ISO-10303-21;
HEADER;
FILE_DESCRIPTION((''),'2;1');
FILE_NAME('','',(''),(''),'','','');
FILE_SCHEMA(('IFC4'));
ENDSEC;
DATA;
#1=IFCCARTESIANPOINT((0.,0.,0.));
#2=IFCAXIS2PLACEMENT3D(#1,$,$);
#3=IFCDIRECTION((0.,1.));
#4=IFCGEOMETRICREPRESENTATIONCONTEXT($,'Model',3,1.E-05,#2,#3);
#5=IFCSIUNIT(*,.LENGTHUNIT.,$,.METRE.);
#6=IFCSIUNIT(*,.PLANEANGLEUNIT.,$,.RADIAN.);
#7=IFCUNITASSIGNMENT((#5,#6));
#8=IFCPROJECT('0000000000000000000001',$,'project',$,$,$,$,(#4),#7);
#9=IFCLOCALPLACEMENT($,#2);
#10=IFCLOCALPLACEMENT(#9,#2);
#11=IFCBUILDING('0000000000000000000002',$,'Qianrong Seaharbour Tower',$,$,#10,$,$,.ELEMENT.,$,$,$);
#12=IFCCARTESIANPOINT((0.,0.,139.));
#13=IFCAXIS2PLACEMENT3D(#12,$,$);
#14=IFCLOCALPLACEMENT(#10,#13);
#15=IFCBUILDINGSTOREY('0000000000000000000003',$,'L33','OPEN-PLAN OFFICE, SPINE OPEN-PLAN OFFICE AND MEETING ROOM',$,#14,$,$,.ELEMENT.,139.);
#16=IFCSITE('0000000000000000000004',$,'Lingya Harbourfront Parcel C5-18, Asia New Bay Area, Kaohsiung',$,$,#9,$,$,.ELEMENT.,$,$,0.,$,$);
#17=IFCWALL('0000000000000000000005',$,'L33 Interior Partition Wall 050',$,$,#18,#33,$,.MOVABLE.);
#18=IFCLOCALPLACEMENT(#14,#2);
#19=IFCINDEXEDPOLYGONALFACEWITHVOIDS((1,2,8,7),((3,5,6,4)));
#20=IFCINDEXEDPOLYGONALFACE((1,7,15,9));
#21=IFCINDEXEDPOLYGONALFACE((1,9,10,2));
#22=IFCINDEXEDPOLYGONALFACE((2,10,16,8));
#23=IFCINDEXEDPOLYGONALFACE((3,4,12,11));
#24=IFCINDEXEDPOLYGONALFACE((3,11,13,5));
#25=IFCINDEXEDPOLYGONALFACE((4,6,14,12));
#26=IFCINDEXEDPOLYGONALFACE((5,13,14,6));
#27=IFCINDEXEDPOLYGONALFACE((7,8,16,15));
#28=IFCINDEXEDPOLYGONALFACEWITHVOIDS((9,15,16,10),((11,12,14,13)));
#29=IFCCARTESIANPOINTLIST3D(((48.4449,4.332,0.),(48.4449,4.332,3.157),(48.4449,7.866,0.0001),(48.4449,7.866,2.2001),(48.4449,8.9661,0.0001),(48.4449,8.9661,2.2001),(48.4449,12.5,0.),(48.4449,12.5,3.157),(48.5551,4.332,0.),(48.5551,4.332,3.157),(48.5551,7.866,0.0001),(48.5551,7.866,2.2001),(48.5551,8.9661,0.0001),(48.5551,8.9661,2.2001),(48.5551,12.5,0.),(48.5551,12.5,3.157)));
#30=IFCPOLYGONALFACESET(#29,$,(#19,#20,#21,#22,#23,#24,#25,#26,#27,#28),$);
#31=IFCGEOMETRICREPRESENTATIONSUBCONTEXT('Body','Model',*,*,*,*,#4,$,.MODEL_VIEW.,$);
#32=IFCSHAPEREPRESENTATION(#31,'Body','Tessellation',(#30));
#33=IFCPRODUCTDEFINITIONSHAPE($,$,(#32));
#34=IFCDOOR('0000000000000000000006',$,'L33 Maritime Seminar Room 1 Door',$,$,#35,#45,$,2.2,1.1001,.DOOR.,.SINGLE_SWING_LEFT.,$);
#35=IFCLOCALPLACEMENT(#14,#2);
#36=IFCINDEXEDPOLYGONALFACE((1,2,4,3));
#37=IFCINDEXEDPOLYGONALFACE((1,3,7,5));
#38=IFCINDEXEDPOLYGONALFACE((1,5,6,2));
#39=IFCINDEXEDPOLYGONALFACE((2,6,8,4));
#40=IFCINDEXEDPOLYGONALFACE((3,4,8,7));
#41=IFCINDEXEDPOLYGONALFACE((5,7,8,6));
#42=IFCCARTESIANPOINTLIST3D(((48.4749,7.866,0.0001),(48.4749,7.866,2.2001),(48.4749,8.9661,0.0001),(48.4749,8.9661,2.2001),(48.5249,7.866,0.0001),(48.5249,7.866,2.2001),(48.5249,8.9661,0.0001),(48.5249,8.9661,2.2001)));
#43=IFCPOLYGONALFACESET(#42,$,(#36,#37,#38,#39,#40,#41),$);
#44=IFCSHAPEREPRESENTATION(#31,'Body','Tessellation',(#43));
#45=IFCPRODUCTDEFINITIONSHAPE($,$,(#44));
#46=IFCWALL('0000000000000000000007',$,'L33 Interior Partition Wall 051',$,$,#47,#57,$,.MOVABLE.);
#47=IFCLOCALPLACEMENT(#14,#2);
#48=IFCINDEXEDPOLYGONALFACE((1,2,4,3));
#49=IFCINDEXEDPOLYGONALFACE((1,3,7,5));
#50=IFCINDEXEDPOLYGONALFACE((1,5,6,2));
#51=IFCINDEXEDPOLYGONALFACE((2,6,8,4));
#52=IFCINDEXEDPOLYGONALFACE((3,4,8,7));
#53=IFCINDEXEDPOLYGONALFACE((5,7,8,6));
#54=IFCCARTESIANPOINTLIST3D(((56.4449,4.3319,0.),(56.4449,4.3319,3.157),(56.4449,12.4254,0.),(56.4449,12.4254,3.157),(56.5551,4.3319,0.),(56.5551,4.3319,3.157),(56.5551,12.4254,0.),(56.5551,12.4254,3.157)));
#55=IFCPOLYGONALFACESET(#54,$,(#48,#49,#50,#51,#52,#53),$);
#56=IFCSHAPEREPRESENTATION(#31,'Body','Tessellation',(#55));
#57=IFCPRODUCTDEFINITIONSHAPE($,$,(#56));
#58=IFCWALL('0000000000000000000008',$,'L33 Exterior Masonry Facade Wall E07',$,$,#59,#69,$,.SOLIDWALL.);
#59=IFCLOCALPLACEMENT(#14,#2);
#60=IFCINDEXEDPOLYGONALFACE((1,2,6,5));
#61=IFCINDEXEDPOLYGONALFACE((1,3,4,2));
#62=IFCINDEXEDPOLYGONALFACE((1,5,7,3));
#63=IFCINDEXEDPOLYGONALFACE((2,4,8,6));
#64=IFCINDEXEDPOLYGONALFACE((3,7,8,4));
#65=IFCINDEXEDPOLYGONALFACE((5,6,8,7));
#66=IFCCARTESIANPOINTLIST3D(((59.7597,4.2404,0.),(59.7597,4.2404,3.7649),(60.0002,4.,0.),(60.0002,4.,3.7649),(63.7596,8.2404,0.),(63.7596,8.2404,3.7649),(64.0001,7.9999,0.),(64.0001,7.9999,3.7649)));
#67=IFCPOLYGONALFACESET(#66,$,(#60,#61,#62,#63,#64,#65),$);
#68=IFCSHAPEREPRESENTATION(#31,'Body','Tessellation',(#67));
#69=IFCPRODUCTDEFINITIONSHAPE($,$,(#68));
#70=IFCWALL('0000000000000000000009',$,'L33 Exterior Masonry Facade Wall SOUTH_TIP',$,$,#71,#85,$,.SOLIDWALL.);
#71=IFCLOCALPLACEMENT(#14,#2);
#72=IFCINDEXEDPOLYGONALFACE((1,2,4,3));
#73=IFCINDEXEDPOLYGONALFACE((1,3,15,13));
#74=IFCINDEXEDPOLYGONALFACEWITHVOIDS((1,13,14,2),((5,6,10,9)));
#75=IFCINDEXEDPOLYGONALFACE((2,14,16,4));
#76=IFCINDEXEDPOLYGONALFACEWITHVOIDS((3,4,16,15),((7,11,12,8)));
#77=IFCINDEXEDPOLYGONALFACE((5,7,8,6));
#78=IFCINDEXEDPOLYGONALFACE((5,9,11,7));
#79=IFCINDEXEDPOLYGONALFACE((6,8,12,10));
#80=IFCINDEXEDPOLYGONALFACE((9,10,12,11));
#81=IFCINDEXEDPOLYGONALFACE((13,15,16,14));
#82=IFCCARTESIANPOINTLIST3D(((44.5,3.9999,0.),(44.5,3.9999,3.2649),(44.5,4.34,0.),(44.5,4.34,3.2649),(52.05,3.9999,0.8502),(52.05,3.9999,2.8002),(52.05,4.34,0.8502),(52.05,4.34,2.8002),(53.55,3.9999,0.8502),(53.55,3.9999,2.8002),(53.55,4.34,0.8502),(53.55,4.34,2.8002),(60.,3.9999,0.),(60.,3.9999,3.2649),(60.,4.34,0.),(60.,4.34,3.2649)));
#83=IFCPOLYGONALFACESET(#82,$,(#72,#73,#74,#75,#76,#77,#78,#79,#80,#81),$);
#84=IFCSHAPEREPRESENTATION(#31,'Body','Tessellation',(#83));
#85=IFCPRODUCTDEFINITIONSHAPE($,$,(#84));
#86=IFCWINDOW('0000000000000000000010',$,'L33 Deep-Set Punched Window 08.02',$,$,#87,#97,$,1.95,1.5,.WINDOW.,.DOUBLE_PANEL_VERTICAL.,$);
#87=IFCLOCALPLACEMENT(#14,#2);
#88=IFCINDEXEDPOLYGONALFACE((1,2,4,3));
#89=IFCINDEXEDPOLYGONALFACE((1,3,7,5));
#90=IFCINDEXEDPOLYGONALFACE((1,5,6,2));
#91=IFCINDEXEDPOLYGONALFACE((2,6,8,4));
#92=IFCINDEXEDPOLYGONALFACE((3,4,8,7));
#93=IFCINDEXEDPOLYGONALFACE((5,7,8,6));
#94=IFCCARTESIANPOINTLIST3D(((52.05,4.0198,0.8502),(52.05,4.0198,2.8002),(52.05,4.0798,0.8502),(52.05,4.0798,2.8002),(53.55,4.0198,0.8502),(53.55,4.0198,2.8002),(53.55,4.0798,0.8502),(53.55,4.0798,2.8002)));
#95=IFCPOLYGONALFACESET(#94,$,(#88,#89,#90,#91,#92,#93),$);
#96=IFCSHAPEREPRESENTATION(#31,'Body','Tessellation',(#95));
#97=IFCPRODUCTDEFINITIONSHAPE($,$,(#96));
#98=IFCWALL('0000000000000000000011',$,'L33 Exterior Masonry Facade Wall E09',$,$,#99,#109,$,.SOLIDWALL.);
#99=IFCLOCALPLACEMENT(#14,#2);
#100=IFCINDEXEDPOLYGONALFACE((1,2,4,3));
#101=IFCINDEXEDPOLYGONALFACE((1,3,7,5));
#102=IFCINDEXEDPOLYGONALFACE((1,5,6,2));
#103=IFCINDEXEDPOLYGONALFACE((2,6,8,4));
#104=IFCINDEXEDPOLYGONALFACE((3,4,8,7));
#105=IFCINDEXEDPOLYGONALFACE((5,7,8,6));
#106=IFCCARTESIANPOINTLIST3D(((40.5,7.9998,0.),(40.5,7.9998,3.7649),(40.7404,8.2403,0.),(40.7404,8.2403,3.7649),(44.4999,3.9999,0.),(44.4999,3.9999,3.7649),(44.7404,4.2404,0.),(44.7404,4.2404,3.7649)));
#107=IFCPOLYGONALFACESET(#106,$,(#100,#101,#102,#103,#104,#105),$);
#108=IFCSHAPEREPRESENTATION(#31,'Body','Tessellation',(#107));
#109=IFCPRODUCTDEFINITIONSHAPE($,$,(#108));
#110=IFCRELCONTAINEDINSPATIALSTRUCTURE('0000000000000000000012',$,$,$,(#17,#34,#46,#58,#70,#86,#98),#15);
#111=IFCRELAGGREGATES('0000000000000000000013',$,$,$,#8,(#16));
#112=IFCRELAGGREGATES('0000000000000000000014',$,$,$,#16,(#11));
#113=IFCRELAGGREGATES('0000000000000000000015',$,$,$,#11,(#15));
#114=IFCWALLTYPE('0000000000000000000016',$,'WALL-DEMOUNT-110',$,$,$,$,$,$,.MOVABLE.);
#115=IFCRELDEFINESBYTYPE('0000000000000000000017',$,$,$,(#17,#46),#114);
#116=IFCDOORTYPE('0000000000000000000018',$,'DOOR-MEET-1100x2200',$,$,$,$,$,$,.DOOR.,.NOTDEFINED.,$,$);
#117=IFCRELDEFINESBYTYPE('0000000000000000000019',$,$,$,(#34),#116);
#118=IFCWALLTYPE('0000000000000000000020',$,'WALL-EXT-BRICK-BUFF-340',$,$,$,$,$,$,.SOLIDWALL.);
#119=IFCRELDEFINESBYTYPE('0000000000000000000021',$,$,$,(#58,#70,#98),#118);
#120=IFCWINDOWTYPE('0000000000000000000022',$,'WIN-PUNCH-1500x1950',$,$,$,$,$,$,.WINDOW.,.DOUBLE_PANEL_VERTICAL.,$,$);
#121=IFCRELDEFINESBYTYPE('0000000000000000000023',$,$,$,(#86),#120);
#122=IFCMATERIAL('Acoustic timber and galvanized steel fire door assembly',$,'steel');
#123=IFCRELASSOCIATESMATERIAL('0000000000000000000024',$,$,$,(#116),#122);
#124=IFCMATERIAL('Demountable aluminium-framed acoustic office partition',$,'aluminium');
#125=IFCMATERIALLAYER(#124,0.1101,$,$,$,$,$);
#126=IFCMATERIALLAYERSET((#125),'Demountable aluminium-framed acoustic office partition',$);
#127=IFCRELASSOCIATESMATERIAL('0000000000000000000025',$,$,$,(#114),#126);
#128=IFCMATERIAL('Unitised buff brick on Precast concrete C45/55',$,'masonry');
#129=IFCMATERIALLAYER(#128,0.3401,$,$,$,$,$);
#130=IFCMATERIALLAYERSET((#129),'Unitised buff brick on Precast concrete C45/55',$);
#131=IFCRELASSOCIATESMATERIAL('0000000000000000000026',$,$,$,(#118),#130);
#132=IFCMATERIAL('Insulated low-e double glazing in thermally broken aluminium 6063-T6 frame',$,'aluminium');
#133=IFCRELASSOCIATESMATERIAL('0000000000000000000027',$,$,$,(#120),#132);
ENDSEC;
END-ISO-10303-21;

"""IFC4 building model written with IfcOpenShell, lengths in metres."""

from ifc_helpers import new_model, si_unit, direction, frame, frame_2d, origin, place, context, subcontext, project, spatial, rectangle, extrude, material, layer, layer_set, type_object, element, fill, save


model = new_model("IFC4")

# Units and contexts
model_context = context("Model", 3, precision=1e-05, world=origin(), true_north=direction((0.0, 1.0)))
body_context = subcontext(model_context, "Body", "Model", "MODEL_VIEW")
ifc_project = project(units=[si_unit("LENGTHUNIT", "METRE"), si_unit("PLANEANGLEUNIT", "RADIAN")], contexts=[model_context])

# Site, building, storey
site_placement = place(None, origin())
site = spatial("IfcSite", under=ifc_project, at=site_placement, Name="Lingya Harbourfront Parcel C5-18, Asia New Bay Area, Kaohsiung", CompositionType="ELEMENT", RefElevation=0.0)
building_placement = place(site_placement, origin())
building = spatial("IfcBuilding", under=site, at=building_placement, Name="Qianrong Seaharbour Tower", CompositionType="ELEMENT")
storey_placement = place(building_placement, frame((0.0, 0.0, 139.0)))
storey = spatial("IfcBuildingStorey", under=building, at=storey_placement, Name="L33", Description="OPEN-PLAN OFFICE, SPINE OPEN-PLAN OFFICE AND MEETING ROOM", CompositionType="ELEMENT", Elevation=139.0)

# Shared definitions
ifc_material_1 = material(Name="Acoustic timber and galvanized steel fire door assembly", Category="steel")

# Wall, opening, door
door_type_1 = type_object("IfcDoorType", Name="DOOR-MEET-1100x2200", OperationType="NOTDEFINED", PredefinedType="DOOR", material=ifc_material_1)
ifc_material_2 = material(Name="Demountable aluminium-framed acoustic office partition", Category="aluminium")
ifc_layer_1 = layer(ifc_material_2, 0.1101)
ifc_layer_set_1 = layer_set([ifc_layer_1], Name="Demountable aluminium-framed acoustic office partition")
wall_type_1 = type_object("IfcWallType", Name="WALL-DEMOUNT-110", PredefinedType="MOVABLE", material=ifc_layer_set_1)
wall_1_placement = place(storey_placement, frame((48.5, 12.5, 0.0), z_axis=(0.0, 0.0, 1.0), x_axis=(0.0, -1.0, 0.0)))
wall_1 = element("IfcWall", 1, at=wall_1_placement, inside=storey, type_object=wall_type_1, Name="L33 Interior Partition Wall 050", PredefinedType="MOVABLE", context=body_context, shape_type="SweptSolid", body=[
    extrude(rectangle(XDim=8.168, YDim=0.1101, at=frame_2d((4.084, 0.0))), origin(), (0.0, 0.0, 1.0), 3.157),
])
opening_1_placement = place(wall_1_placement, frame((3.5339, 0.0, 0.0)))
opening_1 = element("IfcOpeningElement", 2, at=opening_1_placement, cuts=wall_1, PredefinedType="OPENING", context=body_context, shape_type="SweptSolid", body=[
    extrude(rectangle(XDim=1.1001, YDim=2.2, at=frame_2d((0.55, 1.1001))), frame((0.0, 0.0649, 0.0), z_axis=(0.0, -1.0, 0.0), x_axis=(1.0, 0.0, 0.0)), (0.0, 0.0, 1.0), 0.1301),
])
door_1_placement = place(opening_1_placement, origin())
door_1 = element("IfcDoor", 3, at=door_1_placement, inside=storey, type_object=door_type_1, Name="L33 Maritime Seminar Room 1 Door", OperationType="SINGLE_SWING_LEFT", OverallHeight=2.2, OverallWidth=1.1001, PredefinedType="DOOR", context=body_context, shape_type="SweptSolid", body=[
    extrude(rectangle(XDim=1.1001, YDim=2.2, at=frame_2d((0.55, 1.1001))), frame((0.0, 0.0249, 0.0), z_axis=(0.0, -1.0, 0.0), x_axis=(1.0, 0.0, 0.0)), (0.0, 0.0, 1.0), 0.05),
])
fill(opening_1, door_1)

# Walls
wall_2_placement = place(storey_placement, frame((56.5, 12.4255, 0.0), z_axis=(0.0, 0.0, 1.0), x_axis=(0.0, -1.0, 0.0)))
element("IfcWall", 4, at=wall_2_placement, inside=storey, type_object=wall_type_1, Name="L33 Interior Partition Wall 051", PredefinedType="MOVABLE", context=body_context, shape_type="SweptSolid", body=[
    extrude(rectangle(XDim=8.0935, YDim=0.1101, at=frame_2d((4.0469, 0.0))), origin(), (0.0, 0.0, 1.0), 3.157),
])
ifc_material_3 = material(Name="Unitised buff brick on Precast concrete C45/55", Category="masonry")
ifc_layer_2 = layer(ifc_material_3, 0.3401)
ifc_layer_set_2 = layer_set([ifc_layer_2], Name="Unitised buff brick on Precast concrete C45/55")
wall_type_2 = type_object("IfcWallType", Name="WALL-EXT-BRICK-BUFF-340", PredefinedType="SOLIDWALL", material=ifc_layer_set_2)
wall_3_placement = place(storey_placement, frame((63.8799, 8.1201, 0.0), z_axis=(0.0, 0.0, 1.0), x_axis=(-0.707107, -0.707107, 0.0)))
element("IfcWall", 5, at=wall_3_placement, inside=storey, type_object=wall_type_2, Name="L33 Exterior Masonry Facade Wall E07", PredefinedType="SOLIDWALL", context=body_context, shape_type="SweptSolid", body=[
    extrude(rectangle(XDim=5.6567, YDim=0.3401, at=frame_2d((2.8284, 0.0))), origin(), (0.0, 0.0, 1.0), 3.7649),
])

# Wall, opening, window
wall_4_placement = place(storey_placement, frame((60.0, 4.1699, 0.0), z_axis=(0.0, 0.0, 1.0), x_axis=(-1.0, 0.0, 0.0)))
wall_4 = element("IfcWall", 6, at=wall_4_placement, inside=storey, type_object=wall_type_2, Name="L33 Exterior Masonry Facade Wall SOUTH_TIP", PredefinedType="SOLIDWALL", context=body_context, shape_type="SweptSolid", body=[
    extrude(rectangle(XDim=15.5, YDim=0.3401, at=frame_2d((7.75, 0.0))), origin(), (0.0, 0.0, 1.0), 3.2649),
])
opening_2_placement = place(wall_4_placement, frame((6.45, 0.0, 0.8501)))
opening_2 = element("IfcOpeningElement", 7, at=opening_2_placement, cuts=wall_4, PredefinedType="OPENING", context=body_context, shape_type="SweptSolid", body=[
    extrude(rectangle(XDim=1.5, YDim=1.95, at=frame_2d((0.75, 0.9751))), frame((0.0, 0.1802, 0.0), z_axis=(0.0, -1.0, 0.0), x_axis=(1.0, 0.0, 0.0)), (0.0, 0.0, 1.0), 0.3601),
])
ifc_material_4 = material(Name="Insulated low-e double glazing in thermally broken aluminium 6063-T6 frame", Category="aluminium")
window_type = type_object("IfcWindowType", Name="WIN-PUNCH-1500x1950", PartitioningType="DOUBLE_PANEL_VERTICAL", PredefinedType="WINDOW", material=ifc_material_4)
window_placement = place(opening_2_placement, origin())
window = element("IfcWindow", 8, at=window_placement, inside=storey, type_object=window_type, Name="L33 Deep-Set Punched Window 08.02", OverallHeight=1.95, OverallWidth=1.5, PartitioningType="DOUBLE_PANEL_VERTICAL", PredefinedType="WINDOW", context=body_context, shape_type="SweptSolid", body=[
    extrude(rectangle(XDim=1.5, YDim=1.95, at=frame_2d((0.75, 0.9751))), frame((0.0, 0.1501, 0.0), z_axis=(0.0, -1.0, 0.0), x_axis=(1.0, 0.0, 0.0)), (0.0, 0.0, 1.0), 0.0601),
])
fill(opening_2, window)

# Wall
wall_5_placement = place(storey_placement, frame((44.6201, 4.1201, 0.0), z_axis=(0.0, 0.0, 1.0), x_axis=(-0.707107, 0.707107, 0.0)))
element("IfcWall", 9, at=wall_5_placement, inside=storey, type_object=wall_type_2, Name="L33 Exterior Masonry Facade Wall E09", PredefinedType="SOLIDWALL", context=body_context, shape_type="SweptSolid", body=[
    extrude(rectangle(XDim=5.6567, YDim=0.3401, at=frame_2d((2.8284, 0.0))), origin(), (0.0, 0.0, 1.0), 3.7649),
])

save(model, "model.ifc")
